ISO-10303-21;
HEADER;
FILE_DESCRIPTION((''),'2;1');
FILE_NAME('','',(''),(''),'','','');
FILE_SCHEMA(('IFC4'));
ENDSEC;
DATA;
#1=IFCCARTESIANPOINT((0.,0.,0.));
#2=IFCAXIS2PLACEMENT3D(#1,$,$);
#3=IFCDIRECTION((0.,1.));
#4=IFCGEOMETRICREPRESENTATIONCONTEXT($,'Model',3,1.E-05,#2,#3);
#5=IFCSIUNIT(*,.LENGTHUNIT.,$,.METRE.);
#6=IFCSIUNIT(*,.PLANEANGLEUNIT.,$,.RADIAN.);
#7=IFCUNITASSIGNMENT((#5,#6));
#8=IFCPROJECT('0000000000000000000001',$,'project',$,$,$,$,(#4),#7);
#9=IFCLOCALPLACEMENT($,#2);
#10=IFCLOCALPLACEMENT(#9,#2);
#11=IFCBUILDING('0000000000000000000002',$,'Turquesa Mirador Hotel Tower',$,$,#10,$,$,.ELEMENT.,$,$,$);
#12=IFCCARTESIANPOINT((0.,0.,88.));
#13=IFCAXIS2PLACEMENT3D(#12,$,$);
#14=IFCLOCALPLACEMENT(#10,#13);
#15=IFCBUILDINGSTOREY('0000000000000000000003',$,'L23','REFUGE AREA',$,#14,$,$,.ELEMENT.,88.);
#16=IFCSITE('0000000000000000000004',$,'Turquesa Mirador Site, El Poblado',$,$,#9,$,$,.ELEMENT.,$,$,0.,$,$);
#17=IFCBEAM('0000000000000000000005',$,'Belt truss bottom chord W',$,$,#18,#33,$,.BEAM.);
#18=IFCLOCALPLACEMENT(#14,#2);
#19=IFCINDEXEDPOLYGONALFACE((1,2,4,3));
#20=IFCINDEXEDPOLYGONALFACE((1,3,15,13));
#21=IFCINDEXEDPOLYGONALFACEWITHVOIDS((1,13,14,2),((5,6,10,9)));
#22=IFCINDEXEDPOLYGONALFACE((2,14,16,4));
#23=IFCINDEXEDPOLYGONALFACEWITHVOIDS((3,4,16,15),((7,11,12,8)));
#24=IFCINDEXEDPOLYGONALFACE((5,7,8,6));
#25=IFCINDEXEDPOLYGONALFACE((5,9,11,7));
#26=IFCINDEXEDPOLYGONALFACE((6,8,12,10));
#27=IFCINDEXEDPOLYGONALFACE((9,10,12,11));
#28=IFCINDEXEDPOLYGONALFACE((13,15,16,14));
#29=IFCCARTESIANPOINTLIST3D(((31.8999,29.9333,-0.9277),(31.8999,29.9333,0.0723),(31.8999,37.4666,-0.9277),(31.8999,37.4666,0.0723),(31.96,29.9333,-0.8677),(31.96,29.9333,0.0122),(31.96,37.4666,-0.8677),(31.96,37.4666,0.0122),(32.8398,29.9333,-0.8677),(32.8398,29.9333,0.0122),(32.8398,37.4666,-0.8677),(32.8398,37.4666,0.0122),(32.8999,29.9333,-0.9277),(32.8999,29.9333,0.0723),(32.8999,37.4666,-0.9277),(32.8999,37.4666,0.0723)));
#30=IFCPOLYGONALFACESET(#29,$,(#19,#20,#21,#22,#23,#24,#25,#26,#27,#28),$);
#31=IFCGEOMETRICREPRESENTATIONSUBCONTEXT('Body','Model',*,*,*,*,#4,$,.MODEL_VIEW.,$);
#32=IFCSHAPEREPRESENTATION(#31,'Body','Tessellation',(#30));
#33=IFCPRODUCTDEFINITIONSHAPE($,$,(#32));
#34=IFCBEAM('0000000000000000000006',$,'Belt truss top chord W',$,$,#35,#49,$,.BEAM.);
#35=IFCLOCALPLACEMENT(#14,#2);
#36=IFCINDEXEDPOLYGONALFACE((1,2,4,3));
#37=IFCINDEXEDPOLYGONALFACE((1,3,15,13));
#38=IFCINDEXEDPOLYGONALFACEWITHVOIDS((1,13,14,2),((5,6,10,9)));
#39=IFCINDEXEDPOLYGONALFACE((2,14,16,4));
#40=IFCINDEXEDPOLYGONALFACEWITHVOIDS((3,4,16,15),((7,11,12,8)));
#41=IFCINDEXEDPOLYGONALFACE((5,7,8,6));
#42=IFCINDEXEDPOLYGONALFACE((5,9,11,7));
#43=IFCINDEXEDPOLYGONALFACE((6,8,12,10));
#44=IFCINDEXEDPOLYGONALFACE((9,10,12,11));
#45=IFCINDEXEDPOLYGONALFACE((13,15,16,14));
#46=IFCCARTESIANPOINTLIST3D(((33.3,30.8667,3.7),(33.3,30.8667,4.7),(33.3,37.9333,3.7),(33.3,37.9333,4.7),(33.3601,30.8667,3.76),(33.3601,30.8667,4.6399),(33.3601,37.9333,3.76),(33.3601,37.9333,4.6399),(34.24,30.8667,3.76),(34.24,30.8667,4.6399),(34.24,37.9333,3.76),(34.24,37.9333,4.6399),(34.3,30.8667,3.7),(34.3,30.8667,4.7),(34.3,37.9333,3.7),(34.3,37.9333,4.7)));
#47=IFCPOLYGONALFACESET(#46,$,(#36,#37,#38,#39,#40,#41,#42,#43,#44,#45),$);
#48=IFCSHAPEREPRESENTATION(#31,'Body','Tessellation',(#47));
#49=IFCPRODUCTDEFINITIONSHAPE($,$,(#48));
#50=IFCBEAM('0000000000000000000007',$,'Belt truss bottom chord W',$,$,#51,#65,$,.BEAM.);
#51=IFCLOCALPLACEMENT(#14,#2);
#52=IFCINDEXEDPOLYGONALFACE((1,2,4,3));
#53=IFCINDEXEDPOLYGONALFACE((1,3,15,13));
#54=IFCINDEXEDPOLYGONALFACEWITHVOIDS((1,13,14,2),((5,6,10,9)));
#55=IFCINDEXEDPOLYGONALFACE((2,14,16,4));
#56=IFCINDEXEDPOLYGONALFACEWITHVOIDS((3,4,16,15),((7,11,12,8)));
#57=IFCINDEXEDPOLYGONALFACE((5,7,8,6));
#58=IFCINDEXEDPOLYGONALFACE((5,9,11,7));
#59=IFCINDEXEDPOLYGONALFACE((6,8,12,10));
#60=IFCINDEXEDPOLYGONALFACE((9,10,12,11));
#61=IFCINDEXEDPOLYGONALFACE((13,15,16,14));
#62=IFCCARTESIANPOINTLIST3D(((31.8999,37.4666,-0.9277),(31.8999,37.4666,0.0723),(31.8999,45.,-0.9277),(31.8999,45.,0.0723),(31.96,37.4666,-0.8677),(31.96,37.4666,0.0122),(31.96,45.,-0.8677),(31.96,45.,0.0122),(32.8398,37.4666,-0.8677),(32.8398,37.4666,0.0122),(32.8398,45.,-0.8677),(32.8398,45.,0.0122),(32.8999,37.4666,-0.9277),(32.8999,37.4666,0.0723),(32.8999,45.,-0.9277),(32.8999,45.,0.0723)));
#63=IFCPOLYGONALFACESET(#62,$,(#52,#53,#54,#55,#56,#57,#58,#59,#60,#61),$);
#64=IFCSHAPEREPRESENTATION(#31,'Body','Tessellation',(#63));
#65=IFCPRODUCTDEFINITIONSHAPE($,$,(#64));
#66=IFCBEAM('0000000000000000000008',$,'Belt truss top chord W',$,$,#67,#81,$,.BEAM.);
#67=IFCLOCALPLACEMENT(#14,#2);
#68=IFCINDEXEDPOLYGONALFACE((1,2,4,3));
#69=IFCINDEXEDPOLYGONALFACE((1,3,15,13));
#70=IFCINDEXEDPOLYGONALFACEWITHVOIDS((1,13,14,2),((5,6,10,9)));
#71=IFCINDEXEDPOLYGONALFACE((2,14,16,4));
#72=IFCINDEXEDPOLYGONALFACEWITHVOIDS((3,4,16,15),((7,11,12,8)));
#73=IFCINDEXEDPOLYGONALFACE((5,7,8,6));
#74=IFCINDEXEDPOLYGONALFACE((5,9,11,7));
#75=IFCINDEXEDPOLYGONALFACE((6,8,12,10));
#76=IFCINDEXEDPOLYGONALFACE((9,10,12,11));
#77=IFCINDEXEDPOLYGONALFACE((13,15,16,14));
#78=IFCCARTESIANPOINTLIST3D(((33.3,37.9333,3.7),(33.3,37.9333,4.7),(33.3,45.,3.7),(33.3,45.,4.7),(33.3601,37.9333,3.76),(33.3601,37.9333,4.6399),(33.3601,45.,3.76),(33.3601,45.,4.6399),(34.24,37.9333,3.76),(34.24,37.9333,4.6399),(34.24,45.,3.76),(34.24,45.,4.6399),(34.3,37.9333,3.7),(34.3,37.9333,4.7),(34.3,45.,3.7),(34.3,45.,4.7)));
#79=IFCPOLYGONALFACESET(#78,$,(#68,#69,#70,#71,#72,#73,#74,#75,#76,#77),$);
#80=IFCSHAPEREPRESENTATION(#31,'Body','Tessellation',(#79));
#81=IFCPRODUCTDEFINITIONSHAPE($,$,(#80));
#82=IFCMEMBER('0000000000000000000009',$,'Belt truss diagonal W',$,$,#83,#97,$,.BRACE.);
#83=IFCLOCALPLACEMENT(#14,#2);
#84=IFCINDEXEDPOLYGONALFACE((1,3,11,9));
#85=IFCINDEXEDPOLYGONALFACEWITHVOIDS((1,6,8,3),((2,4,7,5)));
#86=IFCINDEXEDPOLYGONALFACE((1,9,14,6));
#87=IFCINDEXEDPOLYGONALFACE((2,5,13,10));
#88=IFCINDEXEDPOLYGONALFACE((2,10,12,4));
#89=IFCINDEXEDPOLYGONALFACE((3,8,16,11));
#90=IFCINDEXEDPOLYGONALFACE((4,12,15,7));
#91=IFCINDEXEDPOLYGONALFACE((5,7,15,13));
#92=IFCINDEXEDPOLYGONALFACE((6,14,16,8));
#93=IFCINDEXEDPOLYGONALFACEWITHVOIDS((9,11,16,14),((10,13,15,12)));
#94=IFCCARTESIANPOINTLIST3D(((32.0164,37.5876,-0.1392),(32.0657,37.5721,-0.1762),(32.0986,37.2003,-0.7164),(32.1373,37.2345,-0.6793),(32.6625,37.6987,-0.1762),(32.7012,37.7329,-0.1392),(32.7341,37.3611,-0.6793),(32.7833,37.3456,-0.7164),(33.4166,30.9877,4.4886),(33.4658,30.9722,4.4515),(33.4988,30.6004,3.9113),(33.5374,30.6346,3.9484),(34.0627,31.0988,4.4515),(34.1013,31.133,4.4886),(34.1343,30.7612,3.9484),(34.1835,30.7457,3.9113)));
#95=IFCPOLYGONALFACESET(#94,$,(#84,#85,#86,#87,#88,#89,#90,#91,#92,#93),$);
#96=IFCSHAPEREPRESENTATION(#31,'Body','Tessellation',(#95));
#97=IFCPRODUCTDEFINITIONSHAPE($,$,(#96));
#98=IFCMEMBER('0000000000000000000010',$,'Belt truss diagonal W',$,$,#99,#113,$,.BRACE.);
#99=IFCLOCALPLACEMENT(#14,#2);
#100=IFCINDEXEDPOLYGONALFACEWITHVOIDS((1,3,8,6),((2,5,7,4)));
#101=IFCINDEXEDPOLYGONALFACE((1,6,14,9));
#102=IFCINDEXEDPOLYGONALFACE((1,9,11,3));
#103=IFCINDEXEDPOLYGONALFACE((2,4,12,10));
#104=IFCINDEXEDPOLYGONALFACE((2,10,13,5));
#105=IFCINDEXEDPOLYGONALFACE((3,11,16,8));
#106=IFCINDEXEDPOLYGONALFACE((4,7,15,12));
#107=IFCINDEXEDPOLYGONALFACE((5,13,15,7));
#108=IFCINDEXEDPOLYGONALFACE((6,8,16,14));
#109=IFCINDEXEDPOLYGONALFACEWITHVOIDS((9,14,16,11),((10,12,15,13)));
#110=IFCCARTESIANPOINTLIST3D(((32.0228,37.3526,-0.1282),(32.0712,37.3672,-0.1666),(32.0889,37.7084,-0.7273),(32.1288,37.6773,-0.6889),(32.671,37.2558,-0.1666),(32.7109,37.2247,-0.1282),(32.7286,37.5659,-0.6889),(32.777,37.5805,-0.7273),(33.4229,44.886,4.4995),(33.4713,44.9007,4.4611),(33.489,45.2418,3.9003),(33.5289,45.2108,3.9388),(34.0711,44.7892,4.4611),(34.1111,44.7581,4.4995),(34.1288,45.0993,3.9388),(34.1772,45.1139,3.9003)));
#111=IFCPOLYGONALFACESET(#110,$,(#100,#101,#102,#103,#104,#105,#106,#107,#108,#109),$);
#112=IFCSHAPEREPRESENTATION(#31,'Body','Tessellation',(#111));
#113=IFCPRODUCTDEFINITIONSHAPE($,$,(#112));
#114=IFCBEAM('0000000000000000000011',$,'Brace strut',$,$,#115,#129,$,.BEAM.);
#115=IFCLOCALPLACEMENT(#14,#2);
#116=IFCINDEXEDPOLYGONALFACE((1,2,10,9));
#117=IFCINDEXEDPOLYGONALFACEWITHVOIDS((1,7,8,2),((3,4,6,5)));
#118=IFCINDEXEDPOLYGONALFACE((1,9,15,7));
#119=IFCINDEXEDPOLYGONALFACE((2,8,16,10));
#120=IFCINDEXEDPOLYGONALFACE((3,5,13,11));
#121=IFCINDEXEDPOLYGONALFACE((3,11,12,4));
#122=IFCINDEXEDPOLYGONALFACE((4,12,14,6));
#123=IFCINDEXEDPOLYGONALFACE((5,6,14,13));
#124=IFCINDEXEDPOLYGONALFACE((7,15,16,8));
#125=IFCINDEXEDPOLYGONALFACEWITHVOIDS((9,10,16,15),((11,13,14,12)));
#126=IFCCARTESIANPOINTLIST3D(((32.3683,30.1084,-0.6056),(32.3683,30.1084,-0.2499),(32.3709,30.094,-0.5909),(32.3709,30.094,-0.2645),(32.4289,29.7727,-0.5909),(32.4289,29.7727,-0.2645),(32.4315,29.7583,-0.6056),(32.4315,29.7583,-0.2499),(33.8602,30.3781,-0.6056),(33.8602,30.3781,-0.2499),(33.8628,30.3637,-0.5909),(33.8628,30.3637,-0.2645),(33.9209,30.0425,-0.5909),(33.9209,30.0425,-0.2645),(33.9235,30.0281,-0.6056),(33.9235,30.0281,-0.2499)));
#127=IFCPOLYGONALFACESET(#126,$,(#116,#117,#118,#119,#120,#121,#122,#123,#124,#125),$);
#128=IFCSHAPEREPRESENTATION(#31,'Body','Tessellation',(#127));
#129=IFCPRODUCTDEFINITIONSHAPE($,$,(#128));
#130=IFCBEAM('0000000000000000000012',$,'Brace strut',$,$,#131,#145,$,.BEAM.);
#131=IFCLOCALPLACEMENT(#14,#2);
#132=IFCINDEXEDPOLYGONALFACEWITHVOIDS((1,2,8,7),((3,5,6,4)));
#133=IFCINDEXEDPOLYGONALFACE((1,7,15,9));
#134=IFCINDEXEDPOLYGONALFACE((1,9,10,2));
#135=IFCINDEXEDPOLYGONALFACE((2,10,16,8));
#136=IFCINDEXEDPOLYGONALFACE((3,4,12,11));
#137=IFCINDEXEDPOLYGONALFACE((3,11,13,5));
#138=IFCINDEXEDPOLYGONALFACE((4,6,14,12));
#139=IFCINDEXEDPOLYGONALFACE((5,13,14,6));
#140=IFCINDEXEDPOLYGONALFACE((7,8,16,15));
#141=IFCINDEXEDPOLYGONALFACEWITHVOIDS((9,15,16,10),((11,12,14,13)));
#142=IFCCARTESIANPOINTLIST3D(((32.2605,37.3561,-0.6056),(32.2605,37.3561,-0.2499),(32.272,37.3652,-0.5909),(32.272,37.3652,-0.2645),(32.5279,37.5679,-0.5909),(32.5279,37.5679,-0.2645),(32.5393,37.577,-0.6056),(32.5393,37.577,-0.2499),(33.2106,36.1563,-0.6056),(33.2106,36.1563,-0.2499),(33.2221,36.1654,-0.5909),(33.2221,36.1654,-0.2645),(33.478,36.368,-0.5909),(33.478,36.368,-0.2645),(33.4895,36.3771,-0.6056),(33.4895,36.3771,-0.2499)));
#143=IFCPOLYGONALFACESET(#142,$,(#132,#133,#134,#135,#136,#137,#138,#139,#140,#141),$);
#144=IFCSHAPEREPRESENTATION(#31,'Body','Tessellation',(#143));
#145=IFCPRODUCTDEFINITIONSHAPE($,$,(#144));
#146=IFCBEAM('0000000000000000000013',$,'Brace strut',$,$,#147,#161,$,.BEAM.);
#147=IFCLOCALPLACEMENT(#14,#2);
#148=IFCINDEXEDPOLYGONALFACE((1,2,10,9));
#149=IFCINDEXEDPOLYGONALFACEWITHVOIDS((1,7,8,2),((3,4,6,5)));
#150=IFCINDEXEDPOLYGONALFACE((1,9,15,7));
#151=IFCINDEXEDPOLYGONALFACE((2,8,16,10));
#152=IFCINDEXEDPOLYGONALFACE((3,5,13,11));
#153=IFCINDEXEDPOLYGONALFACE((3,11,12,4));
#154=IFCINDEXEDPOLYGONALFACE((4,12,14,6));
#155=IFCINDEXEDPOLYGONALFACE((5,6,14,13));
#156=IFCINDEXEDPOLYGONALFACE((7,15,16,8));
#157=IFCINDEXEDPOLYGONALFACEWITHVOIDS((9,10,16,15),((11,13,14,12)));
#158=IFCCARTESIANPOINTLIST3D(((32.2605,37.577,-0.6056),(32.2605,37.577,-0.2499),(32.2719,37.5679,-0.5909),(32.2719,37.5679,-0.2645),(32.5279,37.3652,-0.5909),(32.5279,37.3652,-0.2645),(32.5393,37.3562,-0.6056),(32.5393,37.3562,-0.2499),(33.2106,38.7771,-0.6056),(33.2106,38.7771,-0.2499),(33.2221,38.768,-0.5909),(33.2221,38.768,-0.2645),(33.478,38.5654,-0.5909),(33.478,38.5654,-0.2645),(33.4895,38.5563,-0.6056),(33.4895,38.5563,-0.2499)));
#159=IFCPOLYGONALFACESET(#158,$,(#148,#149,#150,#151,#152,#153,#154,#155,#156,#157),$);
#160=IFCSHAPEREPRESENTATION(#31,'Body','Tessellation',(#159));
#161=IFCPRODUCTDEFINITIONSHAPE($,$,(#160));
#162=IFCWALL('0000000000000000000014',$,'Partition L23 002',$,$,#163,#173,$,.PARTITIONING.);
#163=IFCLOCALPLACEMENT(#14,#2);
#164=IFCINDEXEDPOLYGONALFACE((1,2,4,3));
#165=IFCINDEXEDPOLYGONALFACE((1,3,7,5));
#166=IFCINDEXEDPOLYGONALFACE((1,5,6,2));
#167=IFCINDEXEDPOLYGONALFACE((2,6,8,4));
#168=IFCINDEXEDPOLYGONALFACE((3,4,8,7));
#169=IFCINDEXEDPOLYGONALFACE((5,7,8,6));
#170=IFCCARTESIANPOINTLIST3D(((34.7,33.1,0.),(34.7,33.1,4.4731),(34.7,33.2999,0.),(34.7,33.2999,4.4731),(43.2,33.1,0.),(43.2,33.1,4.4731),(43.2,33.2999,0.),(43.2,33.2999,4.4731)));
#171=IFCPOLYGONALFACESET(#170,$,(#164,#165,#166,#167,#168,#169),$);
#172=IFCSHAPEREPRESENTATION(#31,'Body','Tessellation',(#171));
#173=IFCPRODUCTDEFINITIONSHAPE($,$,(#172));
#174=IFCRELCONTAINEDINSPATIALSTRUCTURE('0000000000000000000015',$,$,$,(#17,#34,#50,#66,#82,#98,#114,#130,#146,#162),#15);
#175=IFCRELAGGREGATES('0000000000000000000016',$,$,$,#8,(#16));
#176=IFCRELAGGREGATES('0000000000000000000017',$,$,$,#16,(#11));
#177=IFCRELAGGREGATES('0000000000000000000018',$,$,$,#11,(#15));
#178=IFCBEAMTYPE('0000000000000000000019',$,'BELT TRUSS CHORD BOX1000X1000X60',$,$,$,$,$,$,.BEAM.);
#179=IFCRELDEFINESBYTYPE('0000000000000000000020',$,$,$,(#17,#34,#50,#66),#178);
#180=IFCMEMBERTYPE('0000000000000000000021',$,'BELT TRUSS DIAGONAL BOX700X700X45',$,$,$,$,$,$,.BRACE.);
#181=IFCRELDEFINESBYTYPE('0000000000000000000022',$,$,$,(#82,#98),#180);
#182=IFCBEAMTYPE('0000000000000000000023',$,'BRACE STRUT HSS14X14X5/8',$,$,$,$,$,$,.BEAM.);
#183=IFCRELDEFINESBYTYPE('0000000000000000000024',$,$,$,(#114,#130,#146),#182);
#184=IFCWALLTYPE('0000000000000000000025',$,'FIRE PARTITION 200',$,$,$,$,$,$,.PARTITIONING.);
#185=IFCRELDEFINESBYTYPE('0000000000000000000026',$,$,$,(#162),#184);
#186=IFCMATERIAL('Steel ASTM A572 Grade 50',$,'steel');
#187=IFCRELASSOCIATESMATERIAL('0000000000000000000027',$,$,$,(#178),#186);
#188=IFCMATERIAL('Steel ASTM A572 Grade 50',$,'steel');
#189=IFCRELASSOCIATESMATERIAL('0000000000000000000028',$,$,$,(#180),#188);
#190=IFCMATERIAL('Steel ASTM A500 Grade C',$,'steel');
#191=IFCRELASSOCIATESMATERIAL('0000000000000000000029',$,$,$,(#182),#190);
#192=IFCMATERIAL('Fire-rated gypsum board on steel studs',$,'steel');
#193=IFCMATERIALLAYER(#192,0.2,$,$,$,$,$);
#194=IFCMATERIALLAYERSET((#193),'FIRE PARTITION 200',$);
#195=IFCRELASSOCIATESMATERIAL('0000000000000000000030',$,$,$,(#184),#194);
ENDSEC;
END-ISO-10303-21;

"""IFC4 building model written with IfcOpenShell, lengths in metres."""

from ifc_helpers import new_model, si_unit, direction, frame, frame_2d, origin, origin_2d, place, context, subcontext, project, spatial, rectangle, hollow_rectangle, extrude, material, layer, layer_set, material_profile, profile_set, type_object, element, save


model = new_model("IFC4")

# Units and contexts
model_context = context("Model", 3, precision=1e-05, world=origin(), true_north=direction((0.0, 1.0)))
body_context = subcontext(model_context, "Body", "Model", "MODEL_VIEW")
ifc_project = project(units=[si_unit("LENGTHUNIT", "METRE"), si_unit("PLANEANGLEUNIT", "RADIAN")], contexts=[model_context])

# Site, building, storey
site_placement = place(None, origin())
site = spatial("IfcSite", under=ifc_project, at=site_placement, Name="Turquesa Mirador Site, El Poblado", CompositionType="ELEMENT", RefElevation=0.0)
building_placement = place(site_placement, origin())
building = spatial("IfcBuilding", under=site, at=building_placement, Name="Turquesa Mirador Hotel Tower", CompositionType="ELEMENT")
storey_placement = place(building_placement, frame((0.0, 0.0, 88.0)))
storey = spatial("IfcBuildingStorey", under=building, at=storey_placement, Name="L23", Description="REFUGE AREA", CompositionType="ELEMENT", Elevation=88.0)

# Beams
ifc_material_1 = material(Name="Steel ASTM A572 Grade 50", Category="steel")
ifc_material_profile_1 = material_profile(ifc_material_1, hollow_rectangle(XDim=1.0, YDim=1.0, WallThickness=0.0601, at=origin_2d()), Name="BOX1000X1000X60")
ifc_profile_set_1 = profile_set([ifc_material_profile_1], Name="Steel ASTM A572 Grade 50")
beam_type_1 = type_object("IfcBeamType", Name="BELT TRUSS CHORD BOX1000X1000X60", PredefinedType="BEAM", material=ifc_profile_set_1)
beam_1_placement = place(storey_placement, frame((32.3999, 29.9333, -0.4277), z_axis=(0.0, 1.0, 0.0), x_axis=(-1.0, 0.0, 0.0)))
element("IfcBeam", 1, at=beam_1_placement, inside=storey, type_object=beam_type_1, Name="Belt truss bottom chord W", PredefinedType="BEAM", context=body_context, shape_type="SweptSolid", body=[
    extrude(hollow_rectangle(XDim=1.0, YDim=1.0, WallThickness=0.0601, at=origin_2d()), origin(), (0.0, 0.0, 1.0), 7.5332),
])
beam_2_placement = place(storey_placement, frame((33.8, 30.8667, 4.2), z_axis=(0.0, 1.0, 0.0), x_axis=(-1.0, 0.0, 0.0)))
element("IfcBeam", 2, at=beam_2_placement, inside=storey, type_object=beam_type_1, Name="Belt truss top chord W", PredefinedType="BEAM", context=body_context, shape_type="SweptSolid", body=[
    extrude(hollow_rectangle(XDim=1.0, YDim=1.0, WallThickness=0.0601, at=origin_2d()), origin(), (0.0, 0.0, 1.0), 7.0667),
])
beam_3_placement = place(storey_placement, frame((32.3999, 37.4666, -0.4277), z_axis=(0.0, 1.0, 0.0), x_axis=(-1.0, 0.0, 0.0)))
element("IfcBeam", 3, at=beam_3_placement, inside=storey, type_object=beam_type_1, Name="Belt truss bottom chord W", PredefinedType="BEAM", context=body_context, shape_type="SweptSolid", body=[
    extrude(hollow_rectangle(XDim=1.0, YDim=1.0, WallThickness=0.0601, at=origin_2d()), origin(), (0.0, 0.0, 1.0), 7.5334),
])
beam_4_placement = place(storey_placement, frame((33.8, 37.9333, 4.2), z_axis=(0.0, 1.0, 0.0), x_axis=(-1.0, 0.0, 0.0)))
element("IfcBeam", 4, at=beam_4_placement, inside=storey, type_object=beam_type_1, Name="Belt truss top chord W", PredefinedType="BEAM", context=body_context, shape_type="SweptSolid", body=[
    extrude(hollow_rectangle(XDim=1.0, YDim=1.0, WallThickness=0.0601, at=origin_2d()), origin(), (0.0, 0.0, 1.0), 7.0667),
])

# Members
ifc_material_2 = material(Name="Steel ASTM A572 Grade 50", Category="steel")
ifc_material_profile_2 = material_profile(ifc_material_2, hollow_rectangle(XDim=0.7, YDim=0.7, WallThickness=0.0449, at=origin_2d()), Name="BOX700X700X45")
ifc_profile_set_2 = profile_set([ifc_material_profile_2], Name="Steel ASTM A572 Grade 50")
member_type = type_object("IfcMemberType", Name="BELT TRUSS DIAGONAL BOX700X700X45", PredefinedType="BRACE", material=ifc_profile_set_2)
member_1_placement = place(storey_placement, frame((33.8, 30.8667, 4.2), z_axis=(-0.171139, 0.806698, -0.565641), x_axis=(-0.978229, -0.207529, 0.0)))
element("IfcMember", 5, at=member_1_placement, inside=storey, type_object=member_type, Name="Belt truss diagonal W", PredefinedType="BRACE", context=body_context, shape_type="SweptSolid", body=[
    extrude(hollow_rectangle(XDim=0.7, YDim=0.7, WallThickness=0.0449, at=origin_2d()), origin(), (0.0, 0.0, 1.0), 8.1814),
])
member_2_placement = place(storey_placement, frame((32.3999, 37.4666, -0.4277), z_axis=(0.156415, 0.841588, 0.516975), x_axis=(-0.983163, 0.182728, 0.0)))
element("IfcMember", 6, at=member_2_placement, inside=storey, type_object=member_type, Name="Belt truss diagonal W", PredefinedType="BRACE", context=body_context, shape_type="SweptSolid", body=[
    extrude(hollow_rectangle(XDim=0.7, YDim=0.7, WallThickness=0.0449, at=origin_2d()), origin(), (0.0, 0.0, 1.0), 8.9514),
])

# Beams
ifc_material_3 = material(Name="Steel ASTM A500 Grade C", Category="steel")
ifc_material_profile_3 = material_profile(ifc_material_3, hollow_rectangle(XDim=0.3557, YDim=0.3557, WallThickness=0.0146, at=origin_2d()), Name="HSS14X14X5/8")
ifc_profile_set_3 = profile_set([ifc_material_profile_3], Name="Steel ASTM A500 Grade C")
beam_type_2 = type_object("IfcBeamType", Name="BRACE STRUT HSS14X14X5/8", PredefinedType="BEAM", material=ifc_profile_set_3)
beam_5_placement = place(storey_placement, frame((32.3999, 29.9333, -0.4277), z_axis=(0.984042, 0.177936, 0.0), x_axis=(-0.177936, 0.984042, 0.0)))
element("IfcBeam", 7, at=beam_5_placement, inside=storey, type_object=beam_type_2, Name="Brace strut", PredefinedType="BEAM", context=body_context, shape_type="SweptSolid", body=[
    extrude(hollow_rectangle(XDim=0.3557, YDim=0.3557, WallThickness=0.0146, at=origin_2d()), origin(), (0.0, 0.0, 1.0), 1.5161),
])
beam_6_placement = place(storey_placement, frame((32.3999, 37.4666, -0.4277), z_axis=(0.620797, -0.783971, 0.0), x_axis=(0.783971, 0.620797, 0.0)))
element("IfcBeam", 8, at=beam_6_placement, inside=storey, type_object=beam_type_2, Name="Brace strut", PredefinedType="BEAM", context=body_context, shape_type="SweptSolid", body=[
    extrude(hollow_rectangle(XDim=0.3557, YDim=0.3557, WallThickness=0.0146, at=origin_2d()), origin(), (0.0, 0.0, 1.0), 1.5305),
])
beam_7_placement = place(storey_placement, frame((32.3999, 37.4666, -0.4277), z_axis=(0.620719, 0.784033, 0.0), x_axis=(-0.784033, 0.620719, 0.0)))
element("IfcBeam", 9, at=beam_7_placement, inside=storey, type_object=beam_type_2, Name="Brace strut", PredefinedType="BEAM", context=body_context, shape_type="SweptSolid", body=[
    extrude(hollow_rectangle(XDim=0.3557, YDim=0.3557, WallThickness=0.0146, at=origin_2d()), origin(), (0.0, 0.0, 1.0), 1.5308),
])

# Wall
ifc_material_4 = material(Name="Fire-rated gypsum board on steel studs", Category="steel")
ifc_layer_1 = layer(ifc_material_4, 0.2)
ifc_layer_set_1 = layer_set([ifc_layer_1], Name="FIRE PARTITION 200")
wall_type_1 = type_object("IfcWallType", Name="FIRE PARTITION 200", PredefinedType="PARTITIONING", material=ifc_layer_set_1)
wall_1_placement = place(storey_placement, frame((34.7, 33.2, 0.0), z_axis=(0.0, 0.0, 1.0), x_axis=(1.0, 0.0, 0.0)))
element("IfcWall", 10, at=wall_1_placement, inside=storey, type_object=wall_type_1, Name="Partition L23 002", PredefinedType="PARTITIONING", context=body_context, shape_type="SweptSolid", body=[
    extrude(rectangle(XDim=8.5, YDim=0.2, at=frame_2d((4.25, 0.0))), origin(), (0.0, 0.0, 1.0), 4.4731),
])

save(model, "model.ifc")
